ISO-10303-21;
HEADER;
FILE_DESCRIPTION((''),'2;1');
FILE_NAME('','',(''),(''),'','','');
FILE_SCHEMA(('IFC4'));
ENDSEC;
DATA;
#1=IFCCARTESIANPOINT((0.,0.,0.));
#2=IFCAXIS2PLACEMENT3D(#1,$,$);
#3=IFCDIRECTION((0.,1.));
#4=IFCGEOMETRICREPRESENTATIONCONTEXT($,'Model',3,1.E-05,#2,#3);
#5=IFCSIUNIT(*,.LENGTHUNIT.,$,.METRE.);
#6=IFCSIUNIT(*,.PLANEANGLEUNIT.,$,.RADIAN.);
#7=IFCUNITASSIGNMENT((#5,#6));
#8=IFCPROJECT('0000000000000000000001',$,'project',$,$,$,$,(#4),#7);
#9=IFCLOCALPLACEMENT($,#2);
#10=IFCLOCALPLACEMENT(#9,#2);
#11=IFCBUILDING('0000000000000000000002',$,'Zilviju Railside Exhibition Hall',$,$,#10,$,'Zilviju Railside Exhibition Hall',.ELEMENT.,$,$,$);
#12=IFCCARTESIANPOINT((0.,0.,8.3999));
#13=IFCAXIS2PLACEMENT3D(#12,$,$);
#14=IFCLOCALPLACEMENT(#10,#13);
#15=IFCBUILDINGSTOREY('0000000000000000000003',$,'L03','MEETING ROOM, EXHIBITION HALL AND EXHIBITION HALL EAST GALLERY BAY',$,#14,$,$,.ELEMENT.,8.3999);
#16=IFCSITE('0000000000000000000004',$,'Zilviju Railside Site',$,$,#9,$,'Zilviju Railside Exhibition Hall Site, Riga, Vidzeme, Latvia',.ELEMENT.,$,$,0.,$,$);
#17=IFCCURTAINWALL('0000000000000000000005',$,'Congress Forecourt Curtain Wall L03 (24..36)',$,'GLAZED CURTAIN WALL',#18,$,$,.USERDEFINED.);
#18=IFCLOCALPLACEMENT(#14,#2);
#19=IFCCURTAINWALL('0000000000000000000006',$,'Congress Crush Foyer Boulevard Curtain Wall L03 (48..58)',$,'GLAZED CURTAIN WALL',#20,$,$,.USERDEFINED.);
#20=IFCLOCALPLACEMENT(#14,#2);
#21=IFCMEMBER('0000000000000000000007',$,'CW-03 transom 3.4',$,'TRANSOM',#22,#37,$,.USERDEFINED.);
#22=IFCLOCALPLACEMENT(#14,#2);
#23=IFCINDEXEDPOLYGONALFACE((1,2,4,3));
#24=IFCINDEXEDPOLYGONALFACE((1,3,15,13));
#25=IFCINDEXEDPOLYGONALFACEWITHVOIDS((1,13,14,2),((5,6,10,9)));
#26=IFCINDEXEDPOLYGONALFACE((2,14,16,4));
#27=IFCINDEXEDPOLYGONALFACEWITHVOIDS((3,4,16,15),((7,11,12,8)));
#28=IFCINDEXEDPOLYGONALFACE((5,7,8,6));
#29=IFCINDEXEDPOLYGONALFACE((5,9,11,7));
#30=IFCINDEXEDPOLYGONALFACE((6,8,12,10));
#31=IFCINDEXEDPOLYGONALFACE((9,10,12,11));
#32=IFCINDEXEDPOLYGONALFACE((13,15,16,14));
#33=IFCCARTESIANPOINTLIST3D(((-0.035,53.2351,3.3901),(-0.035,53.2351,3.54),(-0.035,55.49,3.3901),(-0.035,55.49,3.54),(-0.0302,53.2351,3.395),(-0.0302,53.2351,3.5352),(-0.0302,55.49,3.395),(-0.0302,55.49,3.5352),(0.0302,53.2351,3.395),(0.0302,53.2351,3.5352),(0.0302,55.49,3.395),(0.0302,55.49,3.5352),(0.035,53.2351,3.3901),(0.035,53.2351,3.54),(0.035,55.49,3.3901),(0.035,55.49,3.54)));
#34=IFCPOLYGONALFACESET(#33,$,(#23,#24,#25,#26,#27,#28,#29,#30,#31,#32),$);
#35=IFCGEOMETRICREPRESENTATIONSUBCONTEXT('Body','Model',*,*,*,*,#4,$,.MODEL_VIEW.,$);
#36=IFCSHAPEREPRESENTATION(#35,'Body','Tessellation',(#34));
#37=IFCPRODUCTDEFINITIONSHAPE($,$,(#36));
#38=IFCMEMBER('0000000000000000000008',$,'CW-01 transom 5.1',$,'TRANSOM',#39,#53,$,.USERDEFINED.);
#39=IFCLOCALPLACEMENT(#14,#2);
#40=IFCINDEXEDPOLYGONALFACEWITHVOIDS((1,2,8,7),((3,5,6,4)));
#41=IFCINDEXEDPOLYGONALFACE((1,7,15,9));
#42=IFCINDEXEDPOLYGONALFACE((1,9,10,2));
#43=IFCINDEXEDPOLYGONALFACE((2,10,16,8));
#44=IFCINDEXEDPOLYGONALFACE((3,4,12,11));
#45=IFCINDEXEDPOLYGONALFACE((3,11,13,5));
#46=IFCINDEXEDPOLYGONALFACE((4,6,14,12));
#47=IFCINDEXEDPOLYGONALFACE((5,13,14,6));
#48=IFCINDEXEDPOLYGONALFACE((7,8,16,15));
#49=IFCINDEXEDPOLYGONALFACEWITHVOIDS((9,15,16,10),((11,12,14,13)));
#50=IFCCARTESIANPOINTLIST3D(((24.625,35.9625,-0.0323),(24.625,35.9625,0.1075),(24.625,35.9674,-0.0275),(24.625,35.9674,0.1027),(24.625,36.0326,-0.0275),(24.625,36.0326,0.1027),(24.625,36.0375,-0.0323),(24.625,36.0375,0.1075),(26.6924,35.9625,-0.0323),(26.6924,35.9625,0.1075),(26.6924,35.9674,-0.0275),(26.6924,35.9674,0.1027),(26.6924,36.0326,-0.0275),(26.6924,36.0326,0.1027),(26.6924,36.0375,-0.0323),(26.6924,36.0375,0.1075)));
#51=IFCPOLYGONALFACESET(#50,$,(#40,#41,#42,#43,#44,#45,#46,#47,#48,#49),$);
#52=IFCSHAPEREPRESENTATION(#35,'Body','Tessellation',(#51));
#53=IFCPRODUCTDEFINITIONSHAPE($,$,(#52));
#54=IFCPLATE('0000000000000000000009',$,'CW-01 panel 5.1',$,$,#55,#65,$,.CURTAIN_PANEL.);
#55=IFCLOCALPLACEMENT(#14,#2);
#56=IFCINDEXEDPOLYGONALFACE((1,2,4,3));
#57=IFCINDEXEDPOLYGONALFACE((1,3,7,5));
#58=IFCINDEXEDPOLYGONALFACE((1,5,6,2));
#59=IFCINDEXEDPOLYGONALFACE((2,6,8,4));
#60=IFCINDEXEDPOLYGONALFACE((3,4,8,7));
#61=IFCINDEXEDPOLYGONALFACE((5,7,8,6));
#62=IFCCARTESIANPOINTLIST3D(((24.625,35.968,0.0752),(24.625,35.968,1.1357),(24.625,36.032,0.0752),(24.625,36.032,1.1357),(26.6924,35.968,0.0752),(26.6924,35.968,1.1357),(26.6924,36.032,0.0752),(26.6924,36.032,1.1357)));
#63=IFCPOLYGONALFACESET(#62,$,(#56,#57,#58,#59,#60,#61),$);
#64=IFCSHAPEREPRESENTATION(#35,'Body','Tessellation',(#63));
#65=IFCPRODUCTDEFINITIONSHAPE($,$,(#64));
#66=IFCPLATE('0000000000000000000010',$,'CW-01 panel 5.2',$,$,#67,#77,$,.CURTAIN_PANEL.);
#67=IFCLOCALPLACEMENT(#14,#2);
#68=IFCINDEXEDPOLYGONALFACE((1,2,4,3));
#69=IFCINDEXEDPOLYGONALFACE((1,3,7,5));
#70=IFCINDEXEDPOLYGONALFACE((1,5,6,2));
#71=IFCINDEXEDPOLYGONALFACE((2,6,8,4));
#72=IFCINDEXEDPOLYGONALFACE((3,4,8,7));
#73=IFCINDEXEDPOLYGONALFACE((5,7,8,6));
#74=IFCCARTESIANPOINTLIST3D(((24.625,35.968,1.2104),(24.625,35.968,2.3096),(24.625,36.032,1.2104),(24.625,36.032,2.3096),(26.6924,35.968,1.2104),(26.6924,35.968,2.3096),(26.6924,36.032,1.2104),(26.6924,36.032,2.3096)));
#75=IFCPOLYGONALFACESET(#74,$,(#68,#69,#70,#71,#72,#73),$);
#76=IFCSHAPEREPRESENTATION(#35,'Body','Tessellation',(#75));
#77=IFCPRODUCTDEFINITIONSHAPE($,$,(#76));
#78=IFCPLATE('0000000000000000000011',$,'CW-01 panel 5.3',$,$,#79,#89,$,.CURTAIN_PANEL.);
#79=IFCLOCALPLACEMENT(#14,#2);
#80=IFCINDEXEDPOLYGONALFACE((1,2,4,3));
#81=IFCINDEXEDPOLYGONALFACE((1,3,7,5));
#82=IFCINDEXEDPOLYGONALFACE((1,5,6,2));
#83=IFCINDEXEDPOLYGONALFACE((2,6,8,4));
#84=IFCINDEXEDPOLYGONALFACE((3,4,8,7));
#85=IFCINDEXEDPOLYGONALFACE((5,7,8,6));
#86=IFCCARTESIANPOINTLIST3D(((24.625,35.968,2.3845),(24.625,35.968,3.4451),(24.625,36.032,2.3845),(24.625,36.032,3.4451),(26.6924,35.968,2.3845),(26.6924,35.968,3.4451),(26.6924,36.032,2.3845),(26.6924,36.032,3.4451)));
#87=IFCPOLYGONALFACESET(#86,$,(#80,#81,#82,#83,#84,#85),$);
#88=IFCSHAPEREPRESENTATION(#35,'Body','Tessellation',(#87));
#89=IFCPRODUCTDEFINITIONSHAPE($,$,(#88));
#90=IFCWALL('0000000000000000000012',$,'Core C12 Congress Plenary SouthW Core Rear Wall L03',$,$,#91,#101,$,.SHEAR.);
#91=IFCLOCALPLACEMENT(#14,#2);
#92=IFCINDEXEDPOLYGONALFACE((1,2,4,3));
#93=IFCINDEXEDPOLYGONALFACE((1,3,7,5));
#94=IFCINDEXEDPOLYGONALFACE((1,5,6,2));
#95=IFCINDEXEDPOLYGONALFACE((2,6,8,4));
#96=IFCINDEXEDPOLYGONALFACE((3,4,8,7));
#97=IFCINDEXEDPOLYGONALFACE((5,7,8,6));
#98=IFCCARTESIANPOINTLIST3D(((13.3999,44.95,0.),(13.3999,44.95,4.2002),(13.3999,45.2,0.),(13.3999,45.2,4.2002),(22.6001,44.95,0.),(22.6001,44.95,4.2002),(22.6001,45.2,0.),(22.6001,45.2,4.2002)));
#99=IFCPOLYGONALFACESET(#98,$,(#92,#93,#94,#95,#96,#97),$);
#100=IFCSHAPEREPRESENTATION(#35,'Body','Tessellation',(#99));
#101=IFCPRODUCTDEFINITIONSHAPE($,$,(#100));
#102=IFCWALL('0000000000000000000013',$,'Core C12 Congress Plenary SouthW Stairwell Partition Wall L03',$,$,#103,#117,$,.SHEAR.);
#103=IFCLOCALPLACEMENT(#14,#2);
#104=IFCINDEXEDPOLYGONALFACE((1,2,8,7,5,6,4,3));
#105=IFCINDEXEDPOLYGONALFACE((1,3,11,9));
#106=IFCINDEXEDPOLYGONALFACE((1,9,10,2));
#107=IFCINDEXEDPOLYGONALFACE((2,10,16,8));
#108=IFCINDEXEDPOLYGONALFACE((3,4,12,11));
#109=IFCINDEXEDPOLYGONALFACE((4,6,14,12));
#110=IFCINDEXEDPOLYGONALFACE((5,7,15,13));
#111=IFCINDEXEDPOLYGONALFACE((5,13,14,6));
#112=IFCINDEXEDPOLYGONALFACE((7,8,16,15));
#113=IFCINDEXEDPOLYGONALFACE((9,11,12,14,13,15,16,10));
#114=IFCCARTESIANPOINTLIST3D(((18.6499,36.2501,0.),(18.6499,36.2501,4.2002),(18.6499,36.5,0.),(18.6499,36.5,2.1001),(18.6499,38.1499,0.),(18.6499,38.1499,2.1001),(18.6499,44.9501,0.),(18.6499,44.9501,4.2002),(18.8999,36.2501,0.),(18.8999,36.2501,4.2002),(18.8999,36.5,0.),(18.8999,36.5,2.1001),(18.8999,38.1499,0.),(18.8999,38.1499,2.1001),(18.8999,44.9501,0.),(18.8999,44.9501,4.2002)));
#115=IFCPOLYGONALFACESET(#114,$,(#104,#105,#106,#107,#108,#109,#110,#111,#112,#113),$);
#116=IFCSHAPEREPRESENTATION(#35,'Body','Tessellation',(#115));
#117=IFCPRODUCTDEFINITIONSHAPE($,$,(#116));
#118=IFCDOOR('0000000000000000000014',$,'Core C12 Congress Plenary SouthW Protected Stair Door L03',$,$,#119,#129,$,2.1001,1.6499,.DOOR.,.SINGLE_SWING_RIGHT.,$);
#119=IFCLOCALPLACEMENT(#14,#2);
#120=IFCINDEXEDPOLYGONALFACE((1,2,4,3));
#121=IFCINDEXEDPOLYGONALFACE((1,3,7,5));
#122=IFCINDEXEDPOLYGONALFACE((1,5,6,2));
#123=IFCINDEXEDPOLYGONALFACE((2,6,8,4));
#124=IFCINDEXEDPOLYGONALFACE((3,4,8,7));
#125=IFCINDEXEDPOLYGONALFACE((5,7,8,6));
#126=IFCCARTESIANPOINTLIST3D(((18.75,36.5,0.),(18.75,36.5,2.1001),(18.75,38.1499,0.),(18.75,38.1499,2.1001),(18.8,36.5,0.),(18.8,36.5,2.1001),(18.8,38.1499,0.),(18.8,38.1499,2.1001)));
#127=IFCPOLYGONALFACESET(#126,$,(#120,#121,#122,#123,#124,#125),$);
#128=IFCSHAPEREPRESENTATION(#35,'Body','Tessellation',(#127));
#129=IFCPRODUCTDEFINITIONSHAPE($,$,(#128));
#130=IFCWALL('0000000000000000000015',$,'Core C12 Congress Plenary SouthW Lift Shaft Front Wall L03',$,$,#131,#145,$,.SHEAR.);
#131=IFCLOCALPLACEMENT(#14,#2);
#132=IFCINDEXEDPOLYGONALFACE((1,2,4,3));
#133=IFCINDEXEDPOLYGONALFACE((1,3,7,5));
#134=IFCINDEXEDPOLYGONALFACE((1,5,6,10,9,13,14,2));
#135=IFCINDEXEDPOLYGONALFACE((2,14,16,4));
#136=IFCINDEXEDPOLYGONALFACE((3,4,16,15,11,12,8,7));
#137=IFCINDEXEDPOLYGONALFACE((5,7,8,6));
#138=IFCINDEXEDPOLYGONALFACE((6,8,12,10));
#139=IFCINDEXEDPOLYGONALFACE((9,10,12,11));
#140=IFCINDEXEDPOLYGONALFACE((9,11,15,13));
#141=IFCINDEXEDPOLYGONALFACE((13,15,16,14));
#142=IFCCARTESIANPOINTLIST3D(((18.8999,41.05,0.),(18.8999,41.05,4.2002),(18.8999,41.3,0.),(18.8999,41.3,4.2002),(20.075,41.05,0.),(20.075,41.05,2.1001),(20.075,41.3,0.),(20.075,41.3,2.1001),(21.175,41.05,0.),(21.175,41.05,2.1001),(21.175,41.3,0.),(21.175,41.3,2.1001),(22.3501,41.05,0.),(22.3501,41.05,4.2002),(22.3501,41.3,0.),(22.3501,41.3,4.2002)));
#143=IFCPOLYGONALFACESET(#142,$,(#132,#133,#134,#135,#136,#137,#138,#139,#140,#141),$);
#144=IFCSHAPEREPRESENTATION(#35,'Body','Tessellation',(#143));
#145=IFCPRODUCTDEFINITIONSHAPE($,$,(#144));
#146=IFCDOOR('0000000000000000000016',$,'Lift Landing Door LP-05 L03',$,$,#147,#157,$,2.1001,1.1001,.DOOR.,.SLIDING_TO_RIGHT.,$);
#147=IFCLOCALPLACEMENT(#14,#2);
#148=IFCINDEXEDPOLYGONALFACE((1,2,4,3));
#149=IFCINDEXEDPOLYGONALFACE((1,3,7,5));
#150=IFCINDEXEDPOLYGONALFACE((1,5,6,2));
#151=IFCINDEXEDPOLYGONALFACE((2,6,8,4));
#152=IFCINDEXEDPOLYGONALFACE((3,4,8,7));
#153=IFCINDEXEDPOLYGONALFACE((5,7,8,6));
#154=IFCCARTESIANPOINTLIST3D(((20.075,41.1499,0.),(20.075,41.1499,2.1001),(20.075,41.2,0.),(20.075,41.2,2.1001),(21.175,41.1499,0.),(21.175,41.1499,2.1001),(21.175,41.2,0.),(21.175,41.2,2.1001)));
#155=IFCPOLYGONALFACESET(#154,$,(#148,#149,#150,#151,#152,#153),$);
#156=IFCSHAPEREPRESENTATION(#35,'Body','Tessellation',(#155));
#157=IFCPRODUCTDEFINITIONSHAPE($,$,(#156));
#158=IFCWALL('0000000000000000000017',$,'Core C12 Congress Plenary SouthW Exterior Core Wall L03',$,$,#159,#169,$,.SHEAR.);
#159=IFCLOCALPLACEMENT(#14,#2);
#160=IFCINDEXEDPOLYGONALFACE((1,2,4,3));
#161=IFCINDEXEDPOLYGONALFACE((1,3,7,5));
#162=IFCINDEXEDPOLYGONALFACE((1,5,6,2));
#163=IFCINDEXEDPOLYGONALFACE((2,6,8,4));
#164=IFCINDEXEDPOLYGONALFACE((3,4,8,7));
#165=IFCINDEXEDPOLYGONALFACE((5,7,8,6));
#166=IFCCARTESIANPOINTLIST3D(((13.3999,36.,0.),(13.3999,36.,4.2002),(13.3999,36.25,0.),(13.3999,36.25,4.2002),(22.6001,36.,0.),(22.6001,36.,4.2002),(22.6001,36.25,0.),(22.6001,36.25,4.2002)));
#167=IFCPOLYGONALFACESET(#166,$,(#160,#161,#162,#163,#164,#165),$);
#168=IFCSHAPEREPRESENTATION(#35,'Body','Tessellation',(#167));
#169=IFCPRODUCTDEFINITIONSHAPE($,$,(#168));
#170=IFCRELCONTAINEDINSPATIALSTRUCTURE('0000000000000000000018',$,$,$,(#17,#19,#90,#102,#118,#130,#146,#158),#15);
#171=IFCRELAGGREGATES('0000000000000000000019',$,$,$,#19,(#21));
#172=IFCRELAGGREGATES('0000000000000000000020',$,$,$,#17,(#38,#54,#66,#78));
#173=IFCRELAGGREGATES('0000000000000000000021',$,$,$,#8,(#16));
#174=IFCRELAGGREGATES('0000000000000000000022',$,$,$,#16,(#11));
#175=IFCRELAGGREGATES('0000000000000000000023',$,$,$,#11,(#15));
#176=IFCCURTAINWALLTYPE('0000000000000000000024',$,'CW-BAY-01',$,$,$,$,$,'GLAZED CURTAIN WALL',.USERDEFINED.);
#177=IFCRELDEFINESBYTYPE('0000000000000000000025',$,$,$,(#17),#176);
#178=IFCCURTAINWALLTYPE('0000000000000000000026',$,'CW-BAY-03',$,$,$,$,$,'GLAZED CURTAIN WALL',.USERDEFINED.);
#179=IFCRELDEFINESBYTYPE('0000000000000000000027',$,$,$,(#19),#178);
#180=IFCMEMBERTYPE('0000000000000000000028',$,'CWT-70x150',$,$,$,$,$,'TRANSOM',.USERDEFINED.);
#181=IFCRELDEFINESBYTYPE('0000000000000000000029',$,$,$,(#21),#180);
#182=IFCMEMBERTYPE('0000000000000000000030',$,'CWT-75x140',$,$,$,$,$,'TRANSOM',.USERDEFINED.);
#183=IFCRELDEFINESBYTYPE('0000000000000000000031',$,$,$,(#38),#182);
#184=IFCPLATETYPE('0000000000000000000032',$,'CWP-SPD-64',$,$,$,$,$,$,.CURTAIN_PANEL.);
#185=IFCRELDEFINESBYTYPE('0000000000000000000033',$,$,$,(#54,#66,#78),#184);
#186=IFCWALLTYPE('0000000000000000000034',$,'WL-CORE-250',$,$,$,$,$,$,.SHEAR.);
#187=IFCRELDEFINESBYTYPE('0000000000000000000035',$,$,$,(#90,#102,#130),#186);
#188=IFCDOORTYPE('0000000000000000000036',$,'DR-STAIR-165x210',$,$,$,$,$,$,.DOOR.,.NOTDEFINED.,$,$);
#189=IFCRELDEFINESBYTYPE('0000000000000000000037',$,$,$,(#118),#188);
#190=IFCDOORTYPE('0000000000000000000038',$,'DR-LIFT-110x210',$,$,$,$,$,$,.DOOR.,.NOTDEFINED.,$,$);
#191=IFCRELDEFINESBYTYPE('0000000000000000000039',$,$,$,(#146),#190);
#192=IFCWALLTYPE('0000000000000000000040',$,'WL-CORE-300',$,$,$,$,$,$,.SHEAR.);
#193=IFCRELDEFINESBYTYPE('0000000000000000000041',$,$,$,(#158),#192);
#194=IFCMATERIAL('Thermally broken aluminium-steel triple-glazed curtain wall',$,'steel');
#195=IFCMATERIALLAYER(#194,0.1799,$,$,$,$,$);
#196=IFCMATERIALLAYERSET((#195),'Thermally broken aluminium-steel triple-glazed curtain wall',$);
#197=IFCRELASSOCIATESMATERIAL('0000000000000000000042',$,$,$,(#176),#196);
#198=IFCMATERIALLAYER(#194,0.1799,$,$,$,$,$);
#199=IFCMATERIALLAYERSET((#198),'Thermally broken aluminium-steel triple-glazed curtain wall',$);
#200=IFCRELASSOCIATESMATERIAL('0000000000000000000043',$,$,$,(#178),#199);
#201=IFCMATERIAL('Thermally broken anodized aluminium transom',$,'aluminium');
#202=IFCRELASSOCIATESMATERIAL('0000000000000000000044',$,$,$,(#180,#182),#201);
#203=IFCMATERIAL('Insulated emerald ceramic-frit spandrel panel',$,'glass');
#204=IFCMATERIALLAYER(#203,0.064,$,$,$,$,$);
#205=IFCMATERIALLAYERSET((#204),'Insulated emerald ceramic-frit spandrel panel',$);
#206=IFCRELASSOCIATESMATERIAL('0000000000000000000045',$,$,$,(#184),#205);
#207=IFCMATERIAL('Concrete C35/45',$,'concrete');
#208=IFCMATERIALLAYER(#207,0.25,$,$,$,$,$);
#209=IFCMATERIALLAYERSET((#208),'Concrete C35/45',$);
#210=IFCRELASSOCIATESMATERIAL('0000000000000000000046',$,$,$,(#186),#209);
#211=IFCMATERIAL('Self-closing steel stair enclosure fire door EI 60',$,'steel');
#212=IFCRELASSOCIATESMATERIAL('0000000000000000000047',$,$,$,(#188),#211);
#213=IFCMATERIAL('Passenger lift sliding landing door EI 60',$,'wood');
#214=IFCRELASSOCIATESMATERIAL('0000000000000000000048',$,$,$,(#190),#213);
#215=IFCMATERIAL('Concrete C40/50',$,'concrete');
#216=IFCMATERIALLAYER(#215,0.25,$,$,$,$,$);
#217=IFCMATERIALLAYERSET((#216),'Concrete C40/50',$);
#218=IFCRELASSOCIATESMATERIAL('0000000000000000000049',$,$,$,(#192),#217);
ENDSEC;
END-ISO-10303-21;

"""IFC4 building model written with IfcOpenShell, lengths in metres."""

from ifc_helpers import new_model, si_unit, direction, frame, frame_2d, origin, origin_2d, place, context, subcontext, project, spatial, rectangle, hollow_rectangle, extrude, material, layer, layer_set, material_profile, profile_set, type_object, element, fill, aggregate, save


model = new_model("IFC4")

# Units and contexts
model_context = context("Model", 3, precision=1e-05, world=origin(), true_north=direction((0.0, 1.0)))
body_context = subcontext(model_context, "Body", "Model", "MODEL_VIEW")
ifc_project = project(units=[si_unit("LENGTHUNIT", "METRE"), si_unit("PLANEANGLEUNIT", "RADIAN")], contexts=[model_context])

# Site, building, storey
site_placement = place(None, origin())
site = spatial("IfcSite", under=ifc_project, at=site_placement, Name="Zilviju Railside Site", LongName="Zilviju Railside Exhibition Hall Site, Riga, Vidzeme, Latvia", CompositionType="ELEMENT", RefElevation=0.0)
building_placement = place(site_placement, origin())
building = spatial("IfcBuilding", under=site, at=building_placement, Name="Zilviju Railside Exhibition Hall", LongName="Zilviju Railside Exhibition Hall", CompositionType="ELEMENT")
storey_placement = place(building_placement, frame((0.0, 0.0, 8.3999)))
storey = spatial("IfcBuildingStorey", under=building, at=storey_placement, Name="L03", Description="MEETING ROOM, EXHIBITION HALL AND EXHIBITION HALL EAST GALLERY BAY", CompositionType="ELEMENT", Elevation=8.3999)

# Curtain wall
ifc_material_1 = material(Name="Thermally broken aluminium-steel triple-glazed curtain wall", Category="steel")
ifc_layer_1 = layer(ifc_material_1, 0.1799)
ifc_layer_set_1 = layer_set([ifc_layer_1], Name="Thermally broken aluminium-steel triple-glazed curtain wall")
curtain_wall_type_1 = type_object("IfcCurtainWallType", Name="CW-BAY-01", ElementType="GLAZED CURTAIN WALL", PredefinedType="USERDEFINED", material=ifc_layer_set_1)
curtain_wall_1_placement = place(storey_placement, origin())
curtain_wall_1 = element("IfcCurtainWall", 1, at=curtain_wall_1_placement, inside=storey, type_object=curtain_wall_type_1, Name="Congress Forecourt Curtain Wall L03 (24..36)", ObjectType="GLAZED CURTAIN WALL", PredefinedType="USERDEFINED")

# Curtain wall, member
ifc_layer_2 = layer(ifc_material_1, 0.1799)
ifc_layer_set_2 = layer_set([ifc_layer_2], Name="Thermally broken aluminium-steel triple-glazed curtain wall")
curtain_wall_type_2 = type_object("IfcCurtainWallType", Name="CW-BAY-03", ElementType="GLAZED CURTAIN WALL", PredefinedType="USERDEFINED", material=ifc_layer_set_2)
curtain_wall_2_placement = place(storey_placement, origin())
curtain_wall_2 = element("IfcCurtainWall", 2, at=curtain_wall_2_placement, inside=storey, type_object=curtain_wall_type_2, Name="Congress Crush Foyer Boulevard Curtain Wall L03 (48..58)", ObjectType="GLAZED CURTAIN WALL", PredefinedType="USERDEFINED")
ifc_material_2 = material(Name="Thermally broken anodized aluminium transom", Category="aluminium")
ifc_material_profile_1 = material_profile(ifc_material_2, hollow_rectangle(XDim=0.0701, YDim=0.1499, WallThickness=0.0049, at=origin_2d()), Name="TRANSOM 150x70x5")
ifc_profile_set_1 = profile_set([ifc_material_profile_1], Name="Thermally broken anodized aluminium transom")
member_type_1 = type_object("IfcMemberType", Name="CWT-70x150", ElementType="TRANSOM", PredefinedType="USERDEFINED", material=ifc_profile_set_1)
member_1_placement = place(storey_placement, frame((0.0, 53.2351, 3.4651), z_axis=(0.0, 1.0, 0.0), x_axis=(-1.0, 0.0, 0.0)))
member_1 = element("IfcMember", 3, at=member_1_placement, type_object=member_type_1, Name="CW-03 transom 3.4", ObjectType="TRANSOM", PredefinedType="USERDEFINED", context=body_context, shape_type="SweptSolid", body=[
    extrude(hollow_rectangle(XDim=0.0701, YDim=0.1499, WallThickness=0.0049, at=origin_2d()), origin(), (0.0, 0.0, 1.0), 2.2549),
])
aggregate(curtain_wall_2, [member_1])

# Member
ifc_material_profile_2 = material_profile(ifc_material_2, hollow_rectangle(XDim=0.075, YDim=0.1399, WallThickness=0.0049, at=origin_2d()), Name="TRANSOM 140x75x5")
ifc_profile_set_2 = profile_set([ifc_material_profile_2], Name="Thermally broken anodized aluminium transom")
member_type_2 = type_object("IfcMemberType", Name="CWT-75x140", ElementType="TRANSOM", PredefinedType="USERDEFINED", material=ifc_profile_set_2)
member_2_placement = place(storey_placement, frame((26.6924, 36.0, 0.0376), z_axis=(-1.0, 0.0, 0.0), x_axis=(0.0, -1.0, 0.0)))
member_2 = element("IfcMember", 4, at=member_2_placement, type_object=member_type_2, Name="CW-01 transom 5.1", ObjectType="TRANSOM", PredefinedType="USERDEFINED", context=body_context, shape_type="SweptSolid", body=[
    extrude(hollow_rectangle(XDim=0.075, YDim=0.1399, WallThickness=0.0049, at=origin_2d()), origin(), (0.0, 0.0, 1.0), 2.0674),
])

# Plates
ifc_material_3 = material(Name="Insulated emerald ceramic-frit spandrel panel", Category="glass")
ifc_layer_3 = layer(ifc_material_3, 0.064)
ifc_layer_set_3 = layer_set([ifc_layer_3], Name="Insulated emerald ceramic-frit spandrel panel")
plate_type = type_object("IfcPlateType", Name="CWP-SPD-64", PredefinedType="CURTAIN_PANEL", material=ifc_layer_set_3)
plate_1_placement = place(storey_placement, frame((25.6587, 36.0, 0.0752), z_axis=(0.0, 0.0, 1.0), x_axis=(-1.0, 0.0, 0.0)))
plate_1 = element("IfcPlate", 5, at=plate_1_placement, type_object=plate_type, Name="CW-01 panel 5.1", PredefinedType="CURTAIN_PANEL", context=body_context, shape_type="SweptSolid", body=[
    extrude(rectangle(XDim=2.0674, YDim=0.064, at=origin_2d()), origin(), (0.0, 0.0, 1.0), 1.0605),
])
plate_2_placement = place(storey_placement, frame((25.6587, 36.0, 1.2104), z_axis=(0.0, 0.0, 1.0), x_axis=(-1.0, 0.0, 0.0)))
plate_2 = element("IfcPlate", 6, at=plate_2_placement, type_object=plate_type, Name="CW-01 panel 5.2", PredefinedType="CURTAIN_PANEL", context=body_context, shape_type="SweptSolid", body=[
    extrude(rectangle(XDim=2.0674, YDim=0.064, at=origin_2d()), origin(), (0.0, 0.0, 1.0), 1.0991),
])
plate_3_placement = place(storey_placement, frame((25.6587, 36.0, 2.3845), z_axis=(0.0, 0.0, 1.0), x_axis=(-1.0, 0.0, 0.0)))
plate_3 = element("IfcPlate", 7, at=plate_3_placement, type_object=plate_type, Name="CW-01 panel 5.3", PredefinedType="CURTAIN_PANEL", context=body_context, shape_type="SweptSolid", body=[
    extrude(rectangle(XDim=2.0674, YDim=0.064, at=origin_2d()), origin(), (0.0, 0.0, 1.0), 1.0605),
])
aggregate(curtain_wall_1, [member_2, plate_1, plate_2, plate_3])

# Wall
ifc_material_4 = material(Name="Concrete C35/45", Category="concrete")
ifc_layer_4 = layer(ifc_material_4, 0.25)
ifc_layer_set_4 = layer_set([ifc_layer_4], Name="Concrete C35/45")
wall_type_1 = type_object("IfcWallType", Name="WL-CORE-250", PredefinedType="SHEAR", material=ifc_layer_set_4)
wall_1_placement = place(storey_placement, frame((13.3999, 45.075, 0.0), z_axis=(0.0, 0.0, 1.0), x_axis=(1.0, 0.0, 0.0)))
element("IfcWall", 8, at=wall_1_placement, inside=storey, type_object=wall_type_1, Name="Core C12 Congress Plenary SouthW Core Rear Wall L03", PredefinedType="SHEAR", context=body_context, shape_type="SweptSolid", body=[
    extrude(rectangle(XDim=9.2002, YDim=0.25, at=frame_2d((4.6001, 0.0))), origin(), (0.0, 0.0, 1.0), 4.2002),
])

# Walls, openings, doors
wall_2_placement = place(storey_placement, frame((18.7749, 36.25, 0.0), z_axis=(0.0, 0.0, 1.0), x_axis=(0.0, 1.0, 0.0)))
wall_2 = element("IfcWall", 9, at=wall_2_placement, inside=storey, type_object=wall_type_1, Name="Core C12 Congress Plenary SouthW Stairwell Partition Wall L03", PredefinedType="SHEAR", context=body_context, shape_type="SweptSolid", body=[
    extrude(rectangle(XDim=8.7, YDim=0.25, at=frame_2d((4.3501, 0.0))), origin(), (0.0, 0.0, 1.0), 4.2002),
])
opening_1_placement = place(wall_2_placement, frame((0.25, 0.0, 0.0)))
opening_1 = element("IfcOpeningElement", 10, at=opening_1_placement, cuts=wall_2, PredefinedType="OPENING", context=body_context, shape_type="SweptSolid", body=[
    extrude(rectangle(XDim=1.6499, YDim=2.1001, at=frame_2d((0.825, 1.05))), frame((0.0, 0.135, 0.0), z_axis=(0.0, -1.0, 0.0), x_axis=(1.0, 0.0, 0.0)), (0.0, 0.0, 1.0), 0.27),
])
ifc_material_5 = material(Name="Self-closing steel stair enclosure fire door EI 60", Category="steel")
door_type_1 = type_object("IfcDoorType", Name="DR-STAIR-165x210", OperationType="NOTDEFINED", PredefinedType="DOOR", material=ifc_material_5)
door_1_placement = place(opening_1_placement, origin())
door_1 = element("IfcDoor", 11, at=door_1_placement, inside=storey, type_object=door_type_1, Name="Core C12 Congress Plenary SouthW Protected Stair Door L03", OperationType="SINGLE_SWING_RIGHT", OverallHeight=2.1001, OverallWidth=1.6499, PredefinedType="DOOR", context=body_context, shape_type="SweptSolid", body=[
    extrude(rectangle(XDim=1.6499, YDim=2.1001, at=frame_2d((0.825, 1.05))), frame((0.0, 0.0249, 0.0), z_axis=(0.0, -1.0, 0.0), x_axis=(1.0, 0.0, 0.0)), (0.0, 0.0, 1.0), 0.05),
])
fill(opening_1, door_1)
wall_3_placement = place(storey_placement, frame((18.8999, 41.175, 0.0), z_axis=(0.0, 0.0, 1.0), x_axis=(1.0, 0.0, 0.0)))
wall_3 = element("IfcWall", 12, at=wall_3_placement, inside=storey, type_object=wall_type_1, Name="Core C12 Congress Plenary SouthW Lift Shaft Front Wall L03", PredefinedType="SHEAR", context=body_context, shape_type="SweptSolid", body=[
    extrude(rectangle(XDim=3.4502, YDim=0.25, at=frame_2d((1.7251, 0.0))), origin(), (0.0, 0.0, 1.0), 4.2002),
])
opening_2_placement = place(wall_3_placement, frame((1.175, 0.0, 0.0)))
opening_2 = element("IfcOpeningElement", 13, at=opening_2_placement, cuts=wall_3, PredefinedType="OPENING", context=body_context, shape_type="SweptSolid", body=[
    extrude(rectangle(XDim=1.1001, YDim=2.1001, at=frame_2d((0.55, 1.05))), frame((0.0, 0.135, 0.0), z_axis=(0.0, -1.0, 0.0), x_axis=(1.0, 0.0, 0.0)), (0.0, 0.0, 1.0), 0.27),
])
ifc_material_6 = material(Name="Passenger lift sliding landing door EI 60", Category="wood")
door_type_2 = type_object("IfcDoorType", Name="DR-LIFT-110x210", OperationType="NOTDEFINED", PredefinedType="DOOR", material=ifc_material_6)
door_2_placement = place(opening_2_placement, origin())
door_2 = element("IfcDoor", 14, at=door_2_placement, inside=storey, type_object=door_type_2, Name="Lift Landing Door LP-05 L03", OperationType="SLIDING_TO_RIGHT", OverallHeight=2.1001, OverallWidth=1.1001, PredefinedType="DOOR", context=body_context, shape_type="SweptSolid", body=[
    extrude(rectangle(XDim=1.1001, YDim=2.1001, at=frame_2d((0.55, 1.05))), frame((0.0, 0.0249, 0.0), z_axis=(0.0, -1.0, 0.0), x_axis=(1.0, 0.0, 0.0)), (0.0, 0.0, 1.0), 0.05),
])
fill(opening_2, door_2)

# Wall
ifc_material_7 = material(Name="Concrete C40/50", Category="concrete")
ifc_layer_5 = layer(ifc_material_7, 0.25)
ifc_layer_set_5 = layer_set([ifc_layer_5], Name="Concrete C40/50")
wall_type_2 = type_object("IfcWallType", Name="WL-CORE-300", PredefinedType="SHEAR", material=ifc_layer_set_5)
wall_4_placement = place(storey_placement, frame((22.6001, 36.125, 0.0), z_axis=(0.0, 0.0, 1.0), x_axis=(-1.0, 0.0, 0.0)))
element("IfcWall", 15, at=wall_4_placement, inside=storey, type_object=wall_type_2, Name="Core C12 Congress Plenary SouthW Exterior Core Wall L03", PredefinedType="SHEAR", context=body_context, shape_type="SweptSolid", body=[
    extrude(rectangle(XDim=9.2002, YDim=0.25, at=frame_2d((4.6001, 0.0))), origin(), (0.0, 0.0, 1.0), 4.2002),
])

save(model, "model.ifc")
